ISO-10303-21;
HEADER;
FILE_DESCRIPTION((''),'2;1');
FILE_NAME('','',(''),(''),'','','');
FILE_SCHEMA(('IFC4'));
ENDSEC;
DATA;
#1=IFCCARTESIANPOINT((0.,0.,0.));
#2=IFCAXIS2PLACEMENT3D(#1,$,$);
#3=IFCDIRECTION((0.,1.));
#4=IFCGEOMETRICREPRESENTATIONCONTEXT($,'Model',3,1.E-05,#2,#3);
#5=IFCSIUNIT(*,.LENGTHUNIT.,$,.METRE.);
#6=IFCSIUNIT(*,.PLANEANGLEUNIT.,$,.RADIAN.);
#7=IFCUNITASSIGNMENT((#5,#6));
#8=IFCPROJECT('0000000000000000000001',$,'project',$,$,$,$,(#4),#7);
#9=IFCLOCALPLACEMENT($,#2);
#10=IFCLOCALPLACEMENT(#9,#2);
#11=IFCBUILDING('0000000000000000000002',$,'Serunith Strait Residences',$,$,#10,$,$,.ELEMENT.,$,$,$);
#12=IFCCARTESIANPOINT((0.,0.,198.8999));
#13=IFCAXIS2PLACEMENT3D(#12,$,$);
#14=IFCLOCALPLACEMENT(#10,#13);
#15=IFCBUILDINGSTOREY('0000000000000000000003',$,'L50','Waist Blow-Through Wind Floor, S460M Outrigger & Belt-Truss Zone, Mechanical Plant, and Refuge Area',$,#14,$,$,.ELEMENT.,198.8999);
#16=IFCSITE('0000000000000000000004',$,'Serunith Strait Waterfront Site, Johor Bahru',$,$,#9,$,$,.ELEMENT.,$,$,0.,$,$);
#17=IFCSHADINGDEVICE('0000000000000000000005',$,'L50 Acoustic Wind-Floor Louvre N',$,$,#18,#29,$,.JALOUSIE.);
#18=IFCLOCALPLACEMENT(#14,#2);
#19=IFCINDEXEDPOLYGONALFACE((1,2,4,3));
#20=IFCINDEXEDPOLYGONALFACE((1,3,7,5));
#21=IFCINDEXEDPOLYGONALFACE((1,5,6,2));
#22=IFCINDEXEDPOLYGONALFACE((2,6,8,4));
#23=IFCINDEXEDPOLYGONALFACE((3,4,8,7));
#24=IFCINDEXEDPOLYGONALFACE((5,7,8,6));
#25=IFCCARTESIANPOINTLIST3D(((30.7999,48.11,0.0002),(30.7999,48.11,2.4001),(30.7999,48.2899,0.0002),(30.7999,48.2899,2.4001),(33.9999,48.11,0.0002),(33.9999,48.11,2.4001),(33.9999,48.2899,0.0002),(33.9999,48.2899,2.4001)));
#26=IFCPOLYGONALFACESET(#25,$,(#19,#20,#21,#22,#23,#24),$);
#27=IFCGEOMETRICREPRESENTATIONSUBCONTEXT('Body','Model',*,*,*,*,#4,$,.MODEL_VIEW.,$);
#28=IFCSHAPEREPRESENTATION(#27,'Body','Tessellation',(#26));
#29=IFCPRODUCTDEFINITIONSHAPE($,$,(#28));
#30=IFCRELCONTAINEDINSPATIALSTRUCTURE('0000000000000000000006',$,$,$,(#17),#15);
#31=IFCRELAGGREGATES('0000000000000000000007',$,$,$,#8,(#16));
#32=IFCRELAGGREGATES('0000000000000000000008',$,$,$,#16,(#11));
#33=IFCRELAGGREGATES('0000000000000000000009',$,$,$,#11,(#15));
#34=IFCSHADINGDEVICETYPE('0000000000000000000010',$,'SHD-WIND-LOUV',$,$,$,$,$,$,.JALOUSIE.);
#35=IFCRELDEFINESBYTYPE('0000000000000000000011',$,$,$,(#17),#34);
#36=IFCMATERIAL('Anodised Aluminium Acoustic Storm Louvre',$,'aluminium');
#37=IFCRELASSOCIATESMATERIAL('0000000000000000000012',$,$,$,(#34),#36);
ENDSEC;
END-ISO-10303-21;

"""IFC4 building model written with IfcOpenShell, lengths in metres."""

from ifc_helpers import new_model, si_unit, direction, frame, origin, origin_2d, place, context, subcontext, project, spatial, rectangle, extrude, source, transform, mapped, material, type_object, element, save


model = new_model("IFC4")

# Units and contexts
model_context = context("Model", 3, precision=1e-05, world=origin(), true_north=direction((0.0, 1.0)))
body_context = subcontext(model_context, "Body", "Model", "MODEL_VIEW")
ifc_project = project(units=[si_unit("LENGTHUNIT", "METRE"), si_unit("PLANEANGLEUNIT", "RADIAN")], contexts=[model_context])

# Site, building, storey
site_placement = place(None, origin())
site = spatial("IfcSite", under=ifc_project, at=site_placement, Name="Serunith Strait Waterfront Site, Johor Bahru", CompositionType="ELEMENT", RefElevation=0.0)
building_placement = place(site_placement, origin())
building = spatial("IfcBuilding", under=site, at=building_placement, Name="Serunith Strait Residences", CompositionType="ELEMENT")
storey_placement = place(building_placement, frame((0.0, 0.0, 198.8999)))
storey = spatial("IfcBuildingStorey", under=building, at=storey_placement, Name="L50", Description="Waist Blow-Through Wind Floor, S460M Outrigger & Belt-Truss Zone, Mechanical Plant, and Refuge Area", CompositionType="ELEMENT", Elevation=198.8999)

# Shading device
ifc_material_1 = material(Name="Anodised Aluminium Acoustic Storm Louvre", Category="aluminium")
shading_device_type = type_object("IfcShadingDeviceType", Name="SHD-WIND-LOUV", PredefinedType="JALOUSIE", material=ifc_material_1)
shared_shape_1 = source(origin(), body_context, "Body", "SweptSolid", [
    extrude(rectangle(XDim=3.2, YDim=0.1799, at=origin_2d()), origin(), (0.0, 0.0, 1.0), 2.3999),
])
shading_device_placement = place(storey_placement, frame((32.3999, 48.2, 0.0002), z_axis=(0.0, 0.0, 1.0), x_axis=(1.0, 0.0, 0.0)))
element("IfcShadingDevice", 1, at=shading_device_placement, inside=storey, type_object=shading_device_type, Name="L50 Acoustic Wind-Floor Louvre N", PredefinedType="JALOUSIE", context=body_context, shape_type="MappedRepresentation", body=[
    mapped(shared_shape_1, transform((0.0, 0.0, 0.0), scale=1.0)),
])

save(model, "model.ifc")
